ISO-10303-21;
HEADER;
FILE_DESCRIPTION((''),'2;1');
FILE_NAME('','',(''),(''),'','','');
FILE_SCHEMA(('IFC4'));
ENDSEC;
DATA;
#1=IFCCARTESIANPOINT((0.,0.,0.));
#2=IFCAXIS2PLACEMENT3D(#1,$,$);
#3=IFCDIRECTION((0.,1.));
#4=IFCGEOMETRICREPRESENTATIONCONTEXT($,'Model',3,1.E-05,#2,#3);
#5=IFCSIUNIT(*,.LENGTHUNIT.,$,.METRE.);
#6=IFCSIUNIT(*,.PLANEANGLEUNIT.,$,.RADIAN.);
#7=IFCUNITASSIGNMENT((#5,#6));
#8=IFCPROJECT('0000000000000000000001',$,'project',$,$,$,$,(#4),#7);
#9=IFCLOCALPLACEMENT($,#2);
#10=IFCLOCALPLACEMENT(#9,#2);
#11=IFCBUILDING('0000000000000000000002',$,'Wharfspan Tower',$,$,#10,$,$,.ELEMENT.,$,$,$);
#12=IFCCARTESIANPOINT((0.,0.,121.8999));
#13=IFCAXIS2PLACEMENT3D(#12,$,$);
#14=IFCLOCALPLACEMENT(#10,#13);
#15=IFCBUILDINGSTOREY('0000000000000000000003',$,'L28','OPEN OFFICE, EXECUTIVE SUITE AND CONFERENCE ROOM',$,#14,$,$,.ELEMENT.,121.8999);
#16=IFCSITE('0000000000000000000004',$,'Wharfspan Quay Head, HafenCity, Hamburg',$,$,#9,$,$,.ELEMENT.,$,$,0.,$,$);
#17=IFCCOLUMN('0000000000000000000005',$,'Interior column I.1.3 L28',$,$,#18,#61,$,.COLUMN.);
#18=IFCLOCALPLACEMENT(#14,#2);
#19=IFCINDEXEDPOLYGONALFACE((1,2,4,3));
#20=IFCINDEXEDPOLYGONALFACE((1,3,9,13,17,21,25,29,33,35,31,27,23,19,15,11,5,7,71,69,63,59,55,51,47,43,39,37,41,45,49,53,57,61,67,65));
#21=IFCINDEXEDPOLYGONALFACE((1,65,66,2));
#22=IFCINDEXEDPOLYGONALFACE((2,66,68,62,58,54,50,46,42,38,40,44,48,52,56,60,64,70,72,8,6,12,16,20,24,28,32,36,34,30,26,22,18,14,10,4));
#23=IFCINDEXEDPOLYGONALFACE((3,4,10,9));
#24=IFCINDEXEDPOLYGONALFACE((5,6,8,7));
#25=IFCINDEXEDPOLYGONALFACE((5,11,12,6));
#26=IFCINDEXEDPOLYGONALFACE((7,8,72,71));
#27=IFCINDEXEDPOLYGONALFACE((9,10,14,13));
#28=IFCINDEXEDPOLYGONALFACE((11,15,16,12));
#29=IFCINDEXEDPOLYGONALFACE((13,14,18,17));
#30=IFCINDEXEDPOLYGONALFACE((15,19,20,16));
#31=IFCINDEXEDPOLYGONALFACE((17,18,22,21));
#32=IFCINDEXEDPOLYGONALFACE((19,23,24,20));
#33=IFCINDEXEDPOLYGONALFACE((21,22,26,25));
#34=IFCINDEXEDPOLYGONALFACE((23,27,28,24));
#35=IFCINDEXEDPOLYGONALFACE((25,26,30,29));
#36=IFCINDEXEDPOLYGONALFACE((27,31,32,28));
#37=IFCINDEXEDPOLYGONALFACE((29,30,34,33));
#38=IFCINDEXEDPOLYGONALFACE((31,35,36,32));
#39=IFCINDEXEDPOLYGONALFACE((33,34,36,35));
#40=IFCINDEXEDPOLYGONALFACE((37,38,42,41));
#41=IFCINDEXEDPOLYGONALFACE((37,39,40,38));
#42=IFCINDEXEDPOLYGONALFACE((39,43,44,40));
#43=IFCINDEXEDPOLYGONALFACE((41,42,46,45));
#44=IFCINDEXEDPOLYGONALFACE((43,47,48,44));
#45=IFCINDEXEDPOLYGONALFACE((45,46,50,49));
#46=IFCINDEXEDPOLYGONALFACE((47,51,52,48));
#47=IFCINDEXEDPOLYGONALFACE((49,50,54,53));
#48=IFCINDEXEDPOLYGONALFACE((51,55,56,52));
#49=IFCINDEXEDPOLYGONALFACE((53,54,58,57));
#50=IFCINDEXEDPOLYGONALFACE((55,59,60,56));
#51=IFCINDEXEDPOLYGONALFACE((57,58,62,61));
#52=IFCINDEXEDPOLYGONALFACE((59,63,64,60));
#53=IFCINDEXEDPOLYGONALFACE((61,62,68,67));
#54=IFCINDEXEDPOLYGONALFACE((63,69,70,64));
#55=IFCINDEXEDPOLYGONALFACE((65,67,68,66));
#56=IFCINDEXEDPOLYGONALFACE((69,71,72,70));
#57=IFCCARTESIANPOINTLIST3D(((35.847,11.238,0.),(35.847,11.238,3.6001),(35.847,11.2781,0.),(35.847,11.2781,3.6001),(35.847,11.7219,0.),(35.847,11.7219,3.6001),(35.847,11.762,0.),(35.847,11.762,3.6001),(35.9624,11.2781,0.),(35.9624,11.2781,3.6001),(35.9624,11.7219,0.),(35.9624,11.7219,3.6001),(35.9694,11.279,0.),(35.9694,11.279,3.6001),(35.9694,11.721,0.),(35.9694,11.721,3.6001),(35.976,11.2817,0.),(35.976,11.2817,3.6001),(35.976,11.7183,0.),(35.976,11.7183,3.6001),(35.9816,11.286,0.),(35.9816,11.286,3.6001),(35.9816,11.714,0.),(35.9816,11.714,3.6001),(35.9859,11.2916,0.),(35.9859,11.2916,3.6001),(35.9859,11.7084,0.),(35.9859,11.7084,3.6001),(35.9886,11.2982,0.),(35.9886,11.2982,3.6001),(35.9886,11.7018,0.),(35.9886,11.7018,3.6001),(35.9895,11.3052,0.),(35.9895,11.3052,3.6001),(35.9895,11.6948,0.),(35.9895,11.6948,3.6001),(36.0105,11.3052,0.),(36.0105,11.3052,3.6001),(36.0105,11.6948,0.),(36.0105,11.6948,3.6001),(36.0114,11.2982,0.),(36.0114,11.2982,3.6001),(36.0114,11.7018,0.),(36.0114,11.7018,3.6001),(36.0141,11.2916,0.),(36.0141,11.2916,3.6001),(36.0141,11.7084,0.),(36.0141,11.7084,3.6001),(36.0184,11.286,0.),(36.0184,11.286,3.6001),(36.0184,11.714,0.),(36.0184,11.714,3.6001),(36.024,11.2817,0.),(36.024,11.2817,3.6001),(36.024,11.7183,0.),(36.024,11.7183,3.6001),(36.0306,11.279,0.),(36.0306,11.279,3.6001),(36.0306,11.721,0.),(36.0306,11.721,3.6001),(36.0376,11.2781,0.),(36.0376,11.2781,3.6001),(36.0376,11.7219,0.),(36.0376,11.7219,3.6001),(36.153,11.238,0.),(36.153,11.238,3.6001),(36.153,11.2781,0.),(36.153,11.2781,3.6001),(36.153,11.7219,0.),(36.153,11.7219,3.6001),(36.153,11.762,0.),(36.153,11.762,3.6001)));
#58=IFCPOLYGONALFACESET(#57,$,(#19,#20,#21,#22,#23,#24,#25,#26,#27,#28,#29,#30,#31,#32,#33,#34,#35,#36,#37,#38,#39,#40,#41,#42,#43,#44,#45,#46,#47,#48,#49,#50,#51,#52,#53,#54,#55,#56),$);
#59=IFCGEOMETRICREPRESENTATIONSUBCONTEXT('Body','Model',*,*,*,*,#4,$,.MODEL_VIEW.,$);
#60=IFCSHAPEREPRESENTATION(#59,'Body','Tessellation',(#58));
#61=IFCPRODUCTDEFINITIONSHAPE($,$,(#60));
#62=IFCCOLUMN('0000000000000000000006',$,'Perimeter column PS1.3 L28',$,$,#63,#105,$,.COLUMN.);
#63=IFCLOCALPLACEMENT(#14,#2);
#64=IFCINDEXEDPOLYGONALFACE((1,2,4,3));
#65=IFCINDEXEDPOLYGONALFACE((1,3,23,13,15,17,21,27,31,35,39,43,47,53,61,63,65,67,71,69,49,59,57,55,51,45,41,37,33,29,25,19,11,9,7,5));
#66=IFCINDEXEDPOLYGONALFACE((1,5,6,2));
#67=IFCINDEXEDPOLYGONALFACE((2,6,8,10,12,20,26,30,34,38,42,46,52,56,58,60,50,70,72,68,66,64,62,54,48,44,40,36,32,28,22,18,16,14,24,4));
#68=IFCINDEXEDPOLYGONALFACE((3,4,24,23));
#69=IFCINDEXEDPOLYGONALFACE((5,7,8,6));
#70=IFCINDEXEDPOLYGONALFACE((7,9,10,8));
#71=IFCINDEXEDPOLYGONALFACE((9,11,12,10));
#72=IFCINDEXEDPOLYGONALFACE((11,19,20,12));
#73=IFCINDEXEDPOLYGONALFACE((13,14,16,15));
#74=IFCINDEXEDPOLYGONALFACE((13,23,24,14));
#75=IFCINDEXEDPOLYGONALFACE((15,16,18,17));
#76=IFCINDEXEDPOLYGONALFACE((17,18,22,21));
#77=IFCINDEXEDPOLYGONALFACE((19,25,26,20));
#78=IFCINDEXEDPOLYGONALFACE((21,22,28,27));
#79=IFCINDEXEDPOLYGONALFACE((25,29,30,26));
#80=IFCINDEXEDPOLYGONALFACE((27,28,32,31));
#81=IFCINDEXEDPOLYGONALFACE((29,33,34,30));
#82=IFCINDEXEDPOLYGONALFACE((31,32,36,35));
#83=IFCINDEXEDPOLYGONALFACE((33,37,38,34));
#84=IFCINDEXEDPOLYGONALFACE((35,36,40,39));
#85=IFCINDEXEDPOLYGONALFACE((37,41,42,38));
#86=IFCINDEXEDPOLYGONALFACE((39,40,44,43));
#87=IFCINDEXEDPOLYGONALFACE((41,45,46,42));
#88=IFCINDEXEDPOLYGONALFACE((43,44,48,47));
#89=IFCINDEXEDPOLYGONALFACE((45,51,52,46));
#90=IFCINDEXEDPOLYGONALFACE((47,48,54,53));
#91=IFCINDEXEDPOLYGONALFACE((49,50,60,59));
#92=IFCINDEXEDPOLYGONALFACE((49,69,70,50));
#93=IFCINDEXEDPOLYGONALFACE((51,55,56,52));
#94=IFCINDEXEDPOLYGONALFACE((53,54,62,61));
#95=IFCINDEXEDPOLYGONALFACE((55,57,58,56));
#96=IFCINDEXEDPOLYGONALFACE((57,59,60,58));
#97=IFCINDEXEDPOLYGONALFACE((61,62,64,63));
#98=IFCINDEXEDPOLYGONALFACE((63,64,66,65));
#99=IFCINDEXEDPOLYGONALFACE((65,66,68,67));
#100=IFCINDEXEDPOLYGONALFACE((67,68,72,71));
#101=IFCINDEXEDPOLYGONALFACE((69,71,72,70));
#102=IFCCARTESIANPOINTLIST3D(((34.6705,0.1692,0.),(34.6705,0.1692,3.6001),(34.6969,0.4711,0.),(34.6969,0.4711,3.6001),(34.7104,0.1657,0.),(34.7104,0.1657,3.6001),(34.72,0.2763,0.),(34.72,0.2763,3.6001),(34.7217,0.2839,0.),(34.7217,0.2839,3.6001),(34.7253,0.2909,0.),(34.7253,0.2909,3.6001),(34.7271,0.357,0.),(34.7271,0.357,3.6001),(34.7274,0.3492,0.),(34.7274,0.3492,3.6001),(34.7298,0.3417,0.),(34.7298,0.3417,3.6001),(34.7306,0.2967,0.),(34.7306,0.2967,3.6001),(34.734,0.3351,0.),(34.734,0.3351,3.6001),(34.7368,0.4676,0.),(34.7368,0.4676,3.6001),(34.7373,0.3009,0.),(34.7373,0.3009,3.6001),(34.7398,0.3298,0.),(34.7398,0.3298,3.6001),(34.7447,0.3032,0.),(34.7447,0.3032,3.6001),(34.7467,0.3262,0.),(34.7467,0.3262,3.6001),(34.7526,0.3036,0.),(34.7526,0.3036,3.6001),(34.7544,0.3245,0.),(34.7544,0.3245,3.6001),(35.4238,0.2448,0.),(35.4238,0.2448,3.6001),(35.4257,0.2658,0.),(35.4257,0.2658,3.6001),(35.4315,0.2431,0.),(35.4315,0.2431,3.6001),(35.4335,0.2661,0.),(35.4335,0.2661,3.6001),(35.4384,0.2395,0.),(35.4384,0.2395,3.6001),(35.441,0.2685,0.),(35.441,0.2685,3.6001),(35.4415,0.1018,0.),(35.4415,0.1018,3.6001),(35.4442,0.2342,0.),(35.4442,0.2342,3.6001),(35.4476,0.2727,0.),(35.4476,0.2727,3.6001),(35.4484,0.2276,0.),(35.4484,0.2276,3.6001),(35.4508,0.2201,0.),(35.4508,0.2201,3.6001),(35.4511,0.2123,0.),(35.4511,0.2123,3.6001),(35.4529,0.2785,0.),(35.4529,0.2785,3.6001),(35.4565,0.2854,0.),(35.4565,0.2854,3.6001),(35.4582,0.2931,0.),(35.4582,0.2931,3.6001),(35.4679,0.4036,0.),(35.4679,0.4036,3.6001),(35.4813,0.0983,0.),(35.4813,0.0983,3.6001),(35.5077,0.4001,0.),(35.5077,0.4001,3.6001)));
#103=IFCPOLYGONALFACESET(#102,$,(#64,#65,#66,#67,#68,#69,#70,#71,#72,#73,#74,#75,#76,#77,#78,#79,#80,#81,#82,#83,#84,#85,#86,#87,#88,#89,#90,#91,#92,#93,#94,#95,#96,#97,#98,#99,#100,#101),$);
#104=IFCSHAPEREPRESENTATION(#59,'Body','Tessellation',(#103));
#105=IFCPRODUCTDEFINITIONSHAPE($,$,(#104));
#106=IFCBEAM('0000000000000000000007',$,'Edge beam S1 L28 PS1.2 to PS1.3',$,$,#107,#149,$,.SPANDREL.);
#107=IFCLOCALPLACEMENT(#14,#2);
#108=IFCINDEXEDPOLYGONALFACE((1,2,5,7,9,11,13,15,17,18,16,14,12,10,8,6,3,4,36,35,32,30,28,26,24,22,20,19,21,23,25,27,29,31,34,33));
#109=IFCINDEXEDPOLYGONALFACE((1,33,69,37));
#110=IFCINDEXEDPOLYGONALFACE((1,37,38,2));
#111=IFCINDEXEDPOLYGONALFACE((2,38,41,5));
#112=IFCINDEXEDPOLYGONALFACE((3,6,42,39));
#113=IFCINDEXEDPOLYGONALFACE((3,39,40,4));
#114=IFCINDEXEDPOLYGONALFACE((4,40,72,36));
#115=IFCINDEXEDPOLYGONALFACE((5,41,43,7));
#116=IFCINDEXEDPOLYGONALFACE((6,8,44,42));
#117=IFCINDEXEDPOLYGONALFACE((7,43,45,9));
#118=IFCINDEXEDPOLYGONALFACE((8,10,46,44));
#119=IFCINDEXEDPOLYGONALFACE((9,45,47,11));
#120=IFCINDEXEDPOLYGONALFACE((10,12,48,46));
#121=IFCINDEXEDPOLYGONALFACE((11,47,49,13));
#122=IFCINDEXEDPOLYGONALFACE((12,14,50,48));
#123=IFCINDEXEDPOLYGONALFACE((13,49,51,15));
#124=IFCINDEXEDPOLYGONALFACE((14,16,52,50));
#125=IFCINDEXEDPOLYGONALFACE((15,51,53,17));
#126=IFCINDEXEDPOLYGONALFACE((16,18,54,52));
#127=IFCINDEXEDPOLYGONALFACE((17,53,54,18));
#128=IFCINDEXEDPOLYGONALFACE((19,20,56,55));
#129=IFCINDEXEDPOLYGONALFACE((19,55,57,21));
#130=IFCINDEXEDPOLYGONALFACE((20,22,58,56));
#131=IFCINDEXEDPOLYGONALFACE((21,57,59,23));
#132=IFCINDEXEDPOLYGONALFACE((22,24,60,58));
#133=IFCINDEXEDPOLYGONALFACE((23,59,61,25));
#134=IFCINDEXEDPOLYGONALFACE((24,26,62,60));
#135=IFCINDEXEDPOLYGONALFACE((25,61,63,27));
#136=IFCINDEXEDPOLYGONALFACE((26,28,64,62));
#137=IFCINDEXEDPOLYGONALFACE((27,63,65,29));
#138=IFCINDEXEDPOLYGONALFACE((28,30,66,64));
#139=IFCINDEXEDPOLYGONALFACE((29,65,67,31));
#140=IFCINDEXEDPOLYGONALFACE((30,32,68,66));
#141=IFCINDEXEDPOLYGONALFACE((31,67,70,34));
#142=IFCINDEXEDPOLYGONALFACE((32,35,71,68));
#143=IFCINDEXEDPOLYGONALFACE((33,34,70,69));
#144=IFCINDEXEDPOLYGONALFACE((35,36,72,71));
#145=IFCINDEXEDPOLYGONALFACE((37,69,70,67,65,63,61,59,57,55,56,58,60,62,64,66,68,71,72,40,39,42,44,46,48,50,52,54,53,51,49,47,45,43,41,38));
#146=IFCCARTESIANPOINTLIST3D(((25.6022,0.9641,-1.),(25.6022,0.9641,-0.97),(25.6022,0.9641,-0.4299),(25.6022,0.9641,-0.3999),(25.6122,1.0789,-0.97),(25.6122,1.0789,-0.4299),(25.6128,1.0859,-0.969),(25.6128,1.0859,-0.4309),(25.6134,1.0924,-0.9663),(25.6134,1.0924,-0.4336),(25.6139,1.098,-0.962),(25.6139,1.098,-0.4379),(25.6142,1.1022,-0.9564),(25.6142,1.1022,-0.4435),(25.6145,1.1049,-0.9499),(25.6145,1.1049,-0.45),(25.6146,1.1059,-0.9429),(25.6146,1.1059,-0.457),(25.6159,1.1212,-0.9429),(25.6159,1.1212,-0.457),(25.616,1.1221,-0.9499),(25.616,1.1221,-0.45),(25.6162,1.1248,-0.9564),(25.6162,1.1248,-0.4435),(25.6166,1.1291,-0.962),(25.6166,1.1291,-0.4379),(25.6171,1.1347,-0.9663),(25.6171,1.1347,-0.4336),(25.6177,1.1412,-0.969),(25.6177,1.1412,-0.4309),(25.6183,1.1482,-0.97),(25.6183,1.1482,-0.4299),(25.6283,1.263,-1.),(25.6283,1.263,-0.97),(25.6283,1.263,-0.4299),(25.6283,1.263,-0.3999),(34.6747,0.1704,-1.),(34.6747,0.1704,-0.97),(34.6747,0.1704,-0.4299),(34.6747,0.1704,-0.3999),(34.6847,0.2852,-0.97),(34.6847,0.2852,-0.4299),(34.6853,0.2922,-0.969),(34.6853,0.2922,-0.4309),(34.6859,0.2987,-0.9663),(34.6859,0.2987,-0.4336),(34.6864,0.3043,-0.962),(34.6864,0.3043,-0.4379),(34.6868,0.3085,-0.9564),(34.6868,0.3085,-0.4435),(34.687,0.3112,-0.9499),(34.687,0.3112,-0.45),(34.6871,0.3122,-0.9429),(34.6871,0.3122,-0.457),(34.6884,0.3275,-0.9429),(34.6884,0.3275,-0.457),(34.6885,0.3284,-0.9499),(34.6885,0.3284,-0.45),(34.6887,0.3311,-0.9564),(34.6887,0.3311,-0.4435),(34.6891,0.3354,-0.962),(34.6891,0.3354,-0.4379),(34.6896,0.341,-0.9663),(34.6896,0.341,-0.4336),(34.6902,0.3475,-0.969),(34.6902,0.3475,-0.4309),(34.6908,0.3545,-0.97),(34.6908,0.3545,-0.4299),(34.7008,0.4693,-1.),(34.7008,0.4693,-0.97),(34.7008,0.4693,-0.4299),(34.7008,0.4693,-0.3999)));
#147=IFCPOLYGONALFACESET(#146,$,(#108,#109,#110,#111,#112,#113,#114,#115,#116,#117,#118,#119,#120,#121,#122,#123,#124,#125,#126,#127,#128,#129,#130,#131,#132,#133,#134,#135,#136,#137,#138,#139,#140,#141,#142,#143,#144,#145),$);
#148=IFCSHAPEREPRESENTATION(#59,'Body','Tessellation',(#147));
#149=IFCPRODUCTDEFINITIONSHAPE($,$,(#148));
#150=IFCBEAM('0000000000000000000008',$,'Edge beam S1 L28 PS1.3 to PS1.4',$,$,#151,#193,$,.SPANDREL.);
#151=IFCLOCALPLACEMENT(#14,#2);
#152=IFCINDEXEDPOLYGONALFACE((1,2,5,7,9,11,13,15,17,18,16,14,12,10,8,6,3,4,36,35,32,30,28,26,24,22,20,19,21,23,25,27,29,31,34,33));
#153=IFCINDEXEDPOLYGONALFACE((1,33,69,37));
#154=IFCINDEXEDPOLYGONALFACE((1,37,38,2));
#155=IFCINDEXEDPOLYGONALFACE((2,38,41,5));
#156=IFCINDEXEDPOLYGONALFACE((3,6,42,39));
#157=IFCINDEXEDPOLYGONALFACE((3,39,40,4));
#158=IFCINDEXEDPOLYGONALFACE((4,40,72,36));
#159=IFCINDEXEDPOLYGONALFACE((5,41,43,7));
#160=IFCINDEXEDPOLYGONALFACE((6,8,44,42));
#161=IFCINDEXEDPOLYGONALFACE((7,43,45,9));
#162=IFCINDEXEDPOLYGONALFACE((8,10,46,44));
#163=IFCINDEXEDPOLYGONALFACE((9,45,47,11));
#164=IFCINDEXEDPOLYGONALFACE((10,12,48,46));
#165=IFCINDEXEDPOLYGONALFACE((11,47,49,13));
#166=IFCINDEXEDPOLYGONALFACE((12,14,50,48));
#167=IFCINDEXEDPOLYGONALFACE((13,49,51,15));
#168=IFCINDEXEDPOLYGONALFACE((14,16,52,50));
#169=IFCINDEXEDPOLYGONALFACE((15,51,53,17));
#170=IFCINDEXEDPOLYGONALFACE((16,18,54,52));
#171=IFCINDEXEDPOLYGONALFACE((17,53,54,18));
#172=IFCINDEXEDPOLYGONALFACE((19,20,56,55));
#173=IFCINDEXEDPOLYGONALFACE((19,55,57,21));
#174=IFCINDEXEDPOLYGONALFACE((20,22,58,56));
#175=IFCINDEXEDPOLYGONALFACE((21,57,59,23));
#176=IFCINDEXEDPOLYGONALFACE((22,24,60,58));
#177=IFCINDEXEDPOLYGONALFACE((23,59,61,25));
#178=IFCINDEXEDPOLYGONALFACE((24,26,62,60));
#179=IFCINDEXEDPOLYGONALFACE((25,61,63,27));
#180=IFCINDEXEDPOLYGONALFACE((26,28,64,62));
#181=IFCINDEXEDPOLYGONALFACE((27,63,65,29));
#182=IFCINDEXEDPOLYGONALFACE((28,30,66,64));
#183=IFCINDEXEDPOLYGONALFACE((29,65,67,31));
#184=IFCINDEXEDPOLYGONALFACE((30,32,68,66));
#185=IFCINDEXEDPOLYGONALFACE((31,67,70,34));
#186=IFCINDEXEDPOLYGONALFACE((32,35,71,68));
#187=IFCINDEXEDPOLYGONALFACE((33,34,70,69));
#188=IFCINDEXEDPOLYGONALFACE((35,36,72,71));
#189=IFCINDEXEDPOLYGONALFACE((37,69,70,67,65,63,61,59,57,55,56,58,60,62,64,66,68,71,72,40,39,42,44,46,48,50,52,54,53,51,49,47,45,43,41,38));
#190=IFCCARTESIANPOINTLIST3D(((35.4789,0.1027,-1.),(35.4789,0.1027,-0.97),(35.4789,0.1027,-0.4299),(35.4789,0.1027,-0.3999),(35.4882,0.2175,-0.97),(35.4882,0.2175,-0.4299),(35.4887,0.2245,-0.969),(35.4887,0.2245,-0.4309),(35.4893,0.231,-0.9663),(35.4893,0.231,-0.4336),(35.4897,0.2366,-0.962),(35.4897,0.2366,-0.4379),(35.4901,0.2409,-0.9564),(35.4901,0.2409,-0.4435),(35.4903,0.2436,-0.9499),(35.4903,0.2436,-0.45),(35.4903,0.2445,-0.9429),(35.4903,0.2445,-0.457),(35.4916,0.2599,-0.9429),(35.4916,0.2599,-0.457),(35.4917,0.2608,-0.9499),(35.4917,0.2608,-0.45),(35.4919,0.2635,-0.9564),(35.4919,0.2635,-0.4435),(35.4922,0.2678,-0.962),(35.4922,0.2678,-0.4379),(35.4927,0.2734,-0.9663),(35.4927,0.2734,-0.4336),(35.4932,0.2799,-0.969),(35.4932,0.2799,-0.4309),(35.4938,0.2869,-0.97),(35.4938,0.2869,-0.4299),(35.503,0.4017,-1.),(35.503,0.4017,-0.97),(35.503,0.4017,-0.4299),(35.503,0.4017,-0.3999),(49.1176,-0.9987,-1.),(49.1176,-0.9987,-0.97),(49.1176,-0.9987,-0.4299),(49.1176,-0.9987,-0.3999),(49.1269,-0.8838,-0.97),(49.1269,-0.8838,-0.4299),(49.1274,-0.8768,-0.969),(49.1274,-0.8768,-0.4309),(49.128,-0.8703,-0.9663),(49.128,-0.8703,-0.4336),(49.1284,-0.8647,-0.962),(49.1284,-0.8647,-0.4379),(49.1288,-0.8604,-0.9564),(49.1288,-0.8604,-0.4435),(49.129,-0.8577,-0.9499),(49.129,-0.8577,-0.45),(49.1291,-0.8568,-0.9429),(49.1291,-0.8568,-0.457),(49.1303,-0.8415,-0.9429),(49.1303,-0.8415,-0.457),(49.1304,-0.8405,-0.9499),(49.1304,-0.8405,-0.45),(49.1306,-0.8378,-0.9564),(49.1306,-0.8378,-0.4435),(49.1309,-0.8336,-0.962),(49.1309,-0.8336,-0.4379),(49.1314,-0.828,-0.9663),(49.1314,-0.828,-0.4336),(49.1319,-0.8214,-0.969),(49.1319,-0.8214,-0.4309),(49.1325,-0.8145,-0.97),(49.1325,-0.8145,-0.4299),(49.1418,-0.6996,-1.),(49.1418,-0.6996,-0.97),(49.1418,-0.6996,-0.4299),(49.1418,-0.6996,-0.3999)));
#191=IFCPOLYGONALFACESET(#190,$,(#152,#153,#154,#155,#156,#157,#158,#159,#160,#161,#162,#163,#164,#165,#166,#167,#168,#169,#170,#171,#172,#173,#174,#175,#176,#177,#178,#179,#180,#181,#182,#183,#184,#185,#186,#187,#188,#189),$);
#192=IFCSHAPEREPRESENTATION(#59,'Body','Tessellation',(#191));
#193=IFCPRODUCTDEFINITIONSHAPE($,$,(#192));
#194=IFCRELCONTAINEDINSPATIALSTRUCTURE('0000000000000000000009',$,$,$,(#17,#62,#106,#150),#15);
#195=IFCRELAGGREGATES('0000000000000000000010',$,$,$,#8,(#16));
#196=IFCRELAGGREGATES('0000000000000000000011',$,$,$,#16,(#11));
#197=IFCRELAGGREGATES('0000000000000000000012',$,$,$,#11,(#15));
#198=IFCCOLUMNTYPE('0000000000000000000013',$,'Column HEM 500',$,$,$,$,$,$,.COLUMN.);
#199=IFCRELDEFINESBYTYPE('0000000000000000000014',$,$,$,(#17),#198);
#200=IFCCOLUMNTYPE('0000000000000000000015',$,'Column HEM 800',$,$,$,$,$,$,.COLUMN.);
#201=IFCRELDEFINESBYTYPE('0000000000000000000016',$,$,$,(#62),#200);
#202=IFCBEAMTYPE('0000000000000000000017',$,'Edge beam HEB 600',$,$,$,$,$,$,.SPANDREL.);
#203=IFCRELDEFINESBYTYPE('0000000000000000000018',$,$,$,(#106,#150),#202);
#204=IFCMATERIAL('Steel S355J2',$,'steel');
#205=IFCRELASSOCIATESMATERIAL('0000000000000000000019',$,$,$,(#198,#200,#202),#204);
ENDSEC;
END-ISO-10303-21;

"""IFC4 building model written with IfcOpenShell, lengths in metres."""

from ifc_helpers import new_model, si_unit, direction, frame, origin, origin_2d, place, context, subcontext, project, spatial, i_section, extrude, material, material_profile, profile_set, type_object, element, save


model = new_model("IFC4")

# Units and contexts
model_context = context("Model", 3, precision=1e-05, world=origin(), true_north=direction((0.0, 1.0)))
body_context = subcontext(model_context, "Body", "Model", "MODEL_VIEW")
ifc_project = project(units=[si_unit("LENGTHUNIT", "METRE"), si_unit("PLANEANGLEUNIT", "RADIAN")], contexts=[model_context])

# Site, building, storey
site_placement = place(None, origin())
site = spatial("IfcSite", under=ifc_project, at=site_placement, Name="Wharfspan Quay Head, HafenCity, Hamburg", CompositionType="ELEMENT", RefElevation=0.0)
building_placement = place(site_placement, origin())
building = spatial("IfcBuilding", under=site, at=building_placement, Name="Wharfspan Tower", CompositionType="ELEMENT")
storey_placement = place(building_placement, frame((0.0, 0.0, 121.8999)))
storey = spatial("IfcBuildingStorey", under=building, at=storey_placement, Name="L28", Description="OPEN OFFICE, EXECUTIVE SUITE AND CONFERENCE ROOM", CompositionType="ELEMENT", Elevation=121.8999)

# Columns
ifc_material_1 = material(Name="Steel S355J2", Category="steel")
ifc_material_profile_1 = material_profile(ifc_material_1, i_section(OverallWidth=0.3059, OverallDepth=0.5239, WebThickness=0.021, FlangeThickness=0.04, FilletRadius=0.0271, at=origin_2d()))
ifc_profile_set_1 = profile_set([ifc_material_profile_1], Name="Steel S355J2")
column_type_1 = type_object("IfcColumnType", Name="Column HEM 500", PredefinedType="COLUMN", material=ifc_profile_set_1)
column_1_placement = place(storey_placement, frame((36.0, 11.5, 0.0), z_axis=(0.0, 0.0, 1.0), x_axis=(1.0, 0.0, 0.0)))
element("IfcColumn", 1, at=column_1_placement, inside=storey, type_object=column_type_1, Name="Interior column I.1.3 L28", PredefinedType="COLUMN", context=body_context, shape_type="SweptSolid", body=[
    extrude(i_section(OverallWidth=0.3059, OverallDepth=0.5239, WebThickness=0.021, FlangeThickness=0.04, FilletRadius=0.0271, at=origin_2d()), origin(), (0.0, 0.0, 1.0), 3.6001),
])
ifc_material_profile_2 = material_profile(ifc_material_1, i_section(OverallWidth=0.303, OverallDepth=0.814, WebThickness=0.021, FlangeThickness=0.04, FilletRadius=0.03, at=origin_2d()))
ifc_profile_set_2 = profile_set([ifc_material_profile_2], Name="Steel S355J2")
column_type_2 = type_object("IfcColumnType", Name="Column HEM 800", PredefinedType="COLUMN", material=ifc_profile_set_2)
column_2_placement = place(storey_placement, frame((35.0891, 0.2847, 0.0), z_axis=(0.0, 0.0, 1.0), x_axis=(-0.087156, -0.996198, 0.0)))
element("IfcColumn", 2, at=column_2_placement, inside=storey, type_object=column_type_2, Name="Perimeter column PS1.3 L28", PredefinedType="COLUMN", context=body_context, shape_type="SweptSolid", body=[
    extrude(i_section(OverallWidth=0.303, OverallDepth=0.814, WebThickness=0.021, FlangeThickness=0.04, FilletRadius=0.03, at=origin_2d()), origin(), (0.0, 0.0, 1.0), 3.6001),
])

# Beams
ifc_material_profile_3 = material_profile(ifc_material_1, i_section(OverallWidth=0.3, OverallDepth=0.6001, WebThickness=0.0154, FlangeThickness=0.03, FilletRadius=0.0271, at=origin_2d()))
ifc_profile_set_3 = profile_set([ifc_material_profile_3], Name="Steel S355J2")
beam_type = type_object("IfcBeamType", Name="Edge beam HEB 600", PredefinedType="SPANDREL", material=ifc_profile_set_3)
beam_1_placement = place(storey_placement, frame((25.6152, 1.1135, -0.7), z_axis=(0.996195, -0.087151, 0.0), x_axis=(0.087151, 0.996195, 0.0)))
element("IfcBeam", 3, at=beam_1_placement, inside=storey, type_object=beam_type, Name="Edge beam S1 L28 PS1.2 to PS1.3", PredefinedType="SPANDREL", context=body_context, shape_type="SweptSolid", body=[
    extrude(i_section(OverallWidth=0.3, OverallDepth=0.6001, WebThickness=0.0154, FlangeThickness=0.03, FilletRadius=0.0271, at=origin_2d()), origin(), (0.0, 0.0, 1.0), 9.1072),
])
beam_2_placement = place(storey_placement, frame((35.491, 0.2522, -0.7), z_axis=(0.996756, -0.080488, 0.0), x_axis=(0.080488, 0.996756, 0.0)))
element("IfcBeam", 4, at=beam_2_placement, inside=storey, type_object=beam_type, Name="Edge beam S1 L28 PS1.3 to PS1.4", PredefinedType="SPANDREL", context=body_context, shape_type="SweptSolid", body=[
    extrude(i_section(OverallWidth=0.3, OverallDepth=0.6001, WebThickness=0.0154, FlangeThickness=0.03, FilletRadius=0.0271, at=origin_2d()), origin(), (0.0, 0.0, 1.0), 13.6831),
])

save(model, "model.ifc")
